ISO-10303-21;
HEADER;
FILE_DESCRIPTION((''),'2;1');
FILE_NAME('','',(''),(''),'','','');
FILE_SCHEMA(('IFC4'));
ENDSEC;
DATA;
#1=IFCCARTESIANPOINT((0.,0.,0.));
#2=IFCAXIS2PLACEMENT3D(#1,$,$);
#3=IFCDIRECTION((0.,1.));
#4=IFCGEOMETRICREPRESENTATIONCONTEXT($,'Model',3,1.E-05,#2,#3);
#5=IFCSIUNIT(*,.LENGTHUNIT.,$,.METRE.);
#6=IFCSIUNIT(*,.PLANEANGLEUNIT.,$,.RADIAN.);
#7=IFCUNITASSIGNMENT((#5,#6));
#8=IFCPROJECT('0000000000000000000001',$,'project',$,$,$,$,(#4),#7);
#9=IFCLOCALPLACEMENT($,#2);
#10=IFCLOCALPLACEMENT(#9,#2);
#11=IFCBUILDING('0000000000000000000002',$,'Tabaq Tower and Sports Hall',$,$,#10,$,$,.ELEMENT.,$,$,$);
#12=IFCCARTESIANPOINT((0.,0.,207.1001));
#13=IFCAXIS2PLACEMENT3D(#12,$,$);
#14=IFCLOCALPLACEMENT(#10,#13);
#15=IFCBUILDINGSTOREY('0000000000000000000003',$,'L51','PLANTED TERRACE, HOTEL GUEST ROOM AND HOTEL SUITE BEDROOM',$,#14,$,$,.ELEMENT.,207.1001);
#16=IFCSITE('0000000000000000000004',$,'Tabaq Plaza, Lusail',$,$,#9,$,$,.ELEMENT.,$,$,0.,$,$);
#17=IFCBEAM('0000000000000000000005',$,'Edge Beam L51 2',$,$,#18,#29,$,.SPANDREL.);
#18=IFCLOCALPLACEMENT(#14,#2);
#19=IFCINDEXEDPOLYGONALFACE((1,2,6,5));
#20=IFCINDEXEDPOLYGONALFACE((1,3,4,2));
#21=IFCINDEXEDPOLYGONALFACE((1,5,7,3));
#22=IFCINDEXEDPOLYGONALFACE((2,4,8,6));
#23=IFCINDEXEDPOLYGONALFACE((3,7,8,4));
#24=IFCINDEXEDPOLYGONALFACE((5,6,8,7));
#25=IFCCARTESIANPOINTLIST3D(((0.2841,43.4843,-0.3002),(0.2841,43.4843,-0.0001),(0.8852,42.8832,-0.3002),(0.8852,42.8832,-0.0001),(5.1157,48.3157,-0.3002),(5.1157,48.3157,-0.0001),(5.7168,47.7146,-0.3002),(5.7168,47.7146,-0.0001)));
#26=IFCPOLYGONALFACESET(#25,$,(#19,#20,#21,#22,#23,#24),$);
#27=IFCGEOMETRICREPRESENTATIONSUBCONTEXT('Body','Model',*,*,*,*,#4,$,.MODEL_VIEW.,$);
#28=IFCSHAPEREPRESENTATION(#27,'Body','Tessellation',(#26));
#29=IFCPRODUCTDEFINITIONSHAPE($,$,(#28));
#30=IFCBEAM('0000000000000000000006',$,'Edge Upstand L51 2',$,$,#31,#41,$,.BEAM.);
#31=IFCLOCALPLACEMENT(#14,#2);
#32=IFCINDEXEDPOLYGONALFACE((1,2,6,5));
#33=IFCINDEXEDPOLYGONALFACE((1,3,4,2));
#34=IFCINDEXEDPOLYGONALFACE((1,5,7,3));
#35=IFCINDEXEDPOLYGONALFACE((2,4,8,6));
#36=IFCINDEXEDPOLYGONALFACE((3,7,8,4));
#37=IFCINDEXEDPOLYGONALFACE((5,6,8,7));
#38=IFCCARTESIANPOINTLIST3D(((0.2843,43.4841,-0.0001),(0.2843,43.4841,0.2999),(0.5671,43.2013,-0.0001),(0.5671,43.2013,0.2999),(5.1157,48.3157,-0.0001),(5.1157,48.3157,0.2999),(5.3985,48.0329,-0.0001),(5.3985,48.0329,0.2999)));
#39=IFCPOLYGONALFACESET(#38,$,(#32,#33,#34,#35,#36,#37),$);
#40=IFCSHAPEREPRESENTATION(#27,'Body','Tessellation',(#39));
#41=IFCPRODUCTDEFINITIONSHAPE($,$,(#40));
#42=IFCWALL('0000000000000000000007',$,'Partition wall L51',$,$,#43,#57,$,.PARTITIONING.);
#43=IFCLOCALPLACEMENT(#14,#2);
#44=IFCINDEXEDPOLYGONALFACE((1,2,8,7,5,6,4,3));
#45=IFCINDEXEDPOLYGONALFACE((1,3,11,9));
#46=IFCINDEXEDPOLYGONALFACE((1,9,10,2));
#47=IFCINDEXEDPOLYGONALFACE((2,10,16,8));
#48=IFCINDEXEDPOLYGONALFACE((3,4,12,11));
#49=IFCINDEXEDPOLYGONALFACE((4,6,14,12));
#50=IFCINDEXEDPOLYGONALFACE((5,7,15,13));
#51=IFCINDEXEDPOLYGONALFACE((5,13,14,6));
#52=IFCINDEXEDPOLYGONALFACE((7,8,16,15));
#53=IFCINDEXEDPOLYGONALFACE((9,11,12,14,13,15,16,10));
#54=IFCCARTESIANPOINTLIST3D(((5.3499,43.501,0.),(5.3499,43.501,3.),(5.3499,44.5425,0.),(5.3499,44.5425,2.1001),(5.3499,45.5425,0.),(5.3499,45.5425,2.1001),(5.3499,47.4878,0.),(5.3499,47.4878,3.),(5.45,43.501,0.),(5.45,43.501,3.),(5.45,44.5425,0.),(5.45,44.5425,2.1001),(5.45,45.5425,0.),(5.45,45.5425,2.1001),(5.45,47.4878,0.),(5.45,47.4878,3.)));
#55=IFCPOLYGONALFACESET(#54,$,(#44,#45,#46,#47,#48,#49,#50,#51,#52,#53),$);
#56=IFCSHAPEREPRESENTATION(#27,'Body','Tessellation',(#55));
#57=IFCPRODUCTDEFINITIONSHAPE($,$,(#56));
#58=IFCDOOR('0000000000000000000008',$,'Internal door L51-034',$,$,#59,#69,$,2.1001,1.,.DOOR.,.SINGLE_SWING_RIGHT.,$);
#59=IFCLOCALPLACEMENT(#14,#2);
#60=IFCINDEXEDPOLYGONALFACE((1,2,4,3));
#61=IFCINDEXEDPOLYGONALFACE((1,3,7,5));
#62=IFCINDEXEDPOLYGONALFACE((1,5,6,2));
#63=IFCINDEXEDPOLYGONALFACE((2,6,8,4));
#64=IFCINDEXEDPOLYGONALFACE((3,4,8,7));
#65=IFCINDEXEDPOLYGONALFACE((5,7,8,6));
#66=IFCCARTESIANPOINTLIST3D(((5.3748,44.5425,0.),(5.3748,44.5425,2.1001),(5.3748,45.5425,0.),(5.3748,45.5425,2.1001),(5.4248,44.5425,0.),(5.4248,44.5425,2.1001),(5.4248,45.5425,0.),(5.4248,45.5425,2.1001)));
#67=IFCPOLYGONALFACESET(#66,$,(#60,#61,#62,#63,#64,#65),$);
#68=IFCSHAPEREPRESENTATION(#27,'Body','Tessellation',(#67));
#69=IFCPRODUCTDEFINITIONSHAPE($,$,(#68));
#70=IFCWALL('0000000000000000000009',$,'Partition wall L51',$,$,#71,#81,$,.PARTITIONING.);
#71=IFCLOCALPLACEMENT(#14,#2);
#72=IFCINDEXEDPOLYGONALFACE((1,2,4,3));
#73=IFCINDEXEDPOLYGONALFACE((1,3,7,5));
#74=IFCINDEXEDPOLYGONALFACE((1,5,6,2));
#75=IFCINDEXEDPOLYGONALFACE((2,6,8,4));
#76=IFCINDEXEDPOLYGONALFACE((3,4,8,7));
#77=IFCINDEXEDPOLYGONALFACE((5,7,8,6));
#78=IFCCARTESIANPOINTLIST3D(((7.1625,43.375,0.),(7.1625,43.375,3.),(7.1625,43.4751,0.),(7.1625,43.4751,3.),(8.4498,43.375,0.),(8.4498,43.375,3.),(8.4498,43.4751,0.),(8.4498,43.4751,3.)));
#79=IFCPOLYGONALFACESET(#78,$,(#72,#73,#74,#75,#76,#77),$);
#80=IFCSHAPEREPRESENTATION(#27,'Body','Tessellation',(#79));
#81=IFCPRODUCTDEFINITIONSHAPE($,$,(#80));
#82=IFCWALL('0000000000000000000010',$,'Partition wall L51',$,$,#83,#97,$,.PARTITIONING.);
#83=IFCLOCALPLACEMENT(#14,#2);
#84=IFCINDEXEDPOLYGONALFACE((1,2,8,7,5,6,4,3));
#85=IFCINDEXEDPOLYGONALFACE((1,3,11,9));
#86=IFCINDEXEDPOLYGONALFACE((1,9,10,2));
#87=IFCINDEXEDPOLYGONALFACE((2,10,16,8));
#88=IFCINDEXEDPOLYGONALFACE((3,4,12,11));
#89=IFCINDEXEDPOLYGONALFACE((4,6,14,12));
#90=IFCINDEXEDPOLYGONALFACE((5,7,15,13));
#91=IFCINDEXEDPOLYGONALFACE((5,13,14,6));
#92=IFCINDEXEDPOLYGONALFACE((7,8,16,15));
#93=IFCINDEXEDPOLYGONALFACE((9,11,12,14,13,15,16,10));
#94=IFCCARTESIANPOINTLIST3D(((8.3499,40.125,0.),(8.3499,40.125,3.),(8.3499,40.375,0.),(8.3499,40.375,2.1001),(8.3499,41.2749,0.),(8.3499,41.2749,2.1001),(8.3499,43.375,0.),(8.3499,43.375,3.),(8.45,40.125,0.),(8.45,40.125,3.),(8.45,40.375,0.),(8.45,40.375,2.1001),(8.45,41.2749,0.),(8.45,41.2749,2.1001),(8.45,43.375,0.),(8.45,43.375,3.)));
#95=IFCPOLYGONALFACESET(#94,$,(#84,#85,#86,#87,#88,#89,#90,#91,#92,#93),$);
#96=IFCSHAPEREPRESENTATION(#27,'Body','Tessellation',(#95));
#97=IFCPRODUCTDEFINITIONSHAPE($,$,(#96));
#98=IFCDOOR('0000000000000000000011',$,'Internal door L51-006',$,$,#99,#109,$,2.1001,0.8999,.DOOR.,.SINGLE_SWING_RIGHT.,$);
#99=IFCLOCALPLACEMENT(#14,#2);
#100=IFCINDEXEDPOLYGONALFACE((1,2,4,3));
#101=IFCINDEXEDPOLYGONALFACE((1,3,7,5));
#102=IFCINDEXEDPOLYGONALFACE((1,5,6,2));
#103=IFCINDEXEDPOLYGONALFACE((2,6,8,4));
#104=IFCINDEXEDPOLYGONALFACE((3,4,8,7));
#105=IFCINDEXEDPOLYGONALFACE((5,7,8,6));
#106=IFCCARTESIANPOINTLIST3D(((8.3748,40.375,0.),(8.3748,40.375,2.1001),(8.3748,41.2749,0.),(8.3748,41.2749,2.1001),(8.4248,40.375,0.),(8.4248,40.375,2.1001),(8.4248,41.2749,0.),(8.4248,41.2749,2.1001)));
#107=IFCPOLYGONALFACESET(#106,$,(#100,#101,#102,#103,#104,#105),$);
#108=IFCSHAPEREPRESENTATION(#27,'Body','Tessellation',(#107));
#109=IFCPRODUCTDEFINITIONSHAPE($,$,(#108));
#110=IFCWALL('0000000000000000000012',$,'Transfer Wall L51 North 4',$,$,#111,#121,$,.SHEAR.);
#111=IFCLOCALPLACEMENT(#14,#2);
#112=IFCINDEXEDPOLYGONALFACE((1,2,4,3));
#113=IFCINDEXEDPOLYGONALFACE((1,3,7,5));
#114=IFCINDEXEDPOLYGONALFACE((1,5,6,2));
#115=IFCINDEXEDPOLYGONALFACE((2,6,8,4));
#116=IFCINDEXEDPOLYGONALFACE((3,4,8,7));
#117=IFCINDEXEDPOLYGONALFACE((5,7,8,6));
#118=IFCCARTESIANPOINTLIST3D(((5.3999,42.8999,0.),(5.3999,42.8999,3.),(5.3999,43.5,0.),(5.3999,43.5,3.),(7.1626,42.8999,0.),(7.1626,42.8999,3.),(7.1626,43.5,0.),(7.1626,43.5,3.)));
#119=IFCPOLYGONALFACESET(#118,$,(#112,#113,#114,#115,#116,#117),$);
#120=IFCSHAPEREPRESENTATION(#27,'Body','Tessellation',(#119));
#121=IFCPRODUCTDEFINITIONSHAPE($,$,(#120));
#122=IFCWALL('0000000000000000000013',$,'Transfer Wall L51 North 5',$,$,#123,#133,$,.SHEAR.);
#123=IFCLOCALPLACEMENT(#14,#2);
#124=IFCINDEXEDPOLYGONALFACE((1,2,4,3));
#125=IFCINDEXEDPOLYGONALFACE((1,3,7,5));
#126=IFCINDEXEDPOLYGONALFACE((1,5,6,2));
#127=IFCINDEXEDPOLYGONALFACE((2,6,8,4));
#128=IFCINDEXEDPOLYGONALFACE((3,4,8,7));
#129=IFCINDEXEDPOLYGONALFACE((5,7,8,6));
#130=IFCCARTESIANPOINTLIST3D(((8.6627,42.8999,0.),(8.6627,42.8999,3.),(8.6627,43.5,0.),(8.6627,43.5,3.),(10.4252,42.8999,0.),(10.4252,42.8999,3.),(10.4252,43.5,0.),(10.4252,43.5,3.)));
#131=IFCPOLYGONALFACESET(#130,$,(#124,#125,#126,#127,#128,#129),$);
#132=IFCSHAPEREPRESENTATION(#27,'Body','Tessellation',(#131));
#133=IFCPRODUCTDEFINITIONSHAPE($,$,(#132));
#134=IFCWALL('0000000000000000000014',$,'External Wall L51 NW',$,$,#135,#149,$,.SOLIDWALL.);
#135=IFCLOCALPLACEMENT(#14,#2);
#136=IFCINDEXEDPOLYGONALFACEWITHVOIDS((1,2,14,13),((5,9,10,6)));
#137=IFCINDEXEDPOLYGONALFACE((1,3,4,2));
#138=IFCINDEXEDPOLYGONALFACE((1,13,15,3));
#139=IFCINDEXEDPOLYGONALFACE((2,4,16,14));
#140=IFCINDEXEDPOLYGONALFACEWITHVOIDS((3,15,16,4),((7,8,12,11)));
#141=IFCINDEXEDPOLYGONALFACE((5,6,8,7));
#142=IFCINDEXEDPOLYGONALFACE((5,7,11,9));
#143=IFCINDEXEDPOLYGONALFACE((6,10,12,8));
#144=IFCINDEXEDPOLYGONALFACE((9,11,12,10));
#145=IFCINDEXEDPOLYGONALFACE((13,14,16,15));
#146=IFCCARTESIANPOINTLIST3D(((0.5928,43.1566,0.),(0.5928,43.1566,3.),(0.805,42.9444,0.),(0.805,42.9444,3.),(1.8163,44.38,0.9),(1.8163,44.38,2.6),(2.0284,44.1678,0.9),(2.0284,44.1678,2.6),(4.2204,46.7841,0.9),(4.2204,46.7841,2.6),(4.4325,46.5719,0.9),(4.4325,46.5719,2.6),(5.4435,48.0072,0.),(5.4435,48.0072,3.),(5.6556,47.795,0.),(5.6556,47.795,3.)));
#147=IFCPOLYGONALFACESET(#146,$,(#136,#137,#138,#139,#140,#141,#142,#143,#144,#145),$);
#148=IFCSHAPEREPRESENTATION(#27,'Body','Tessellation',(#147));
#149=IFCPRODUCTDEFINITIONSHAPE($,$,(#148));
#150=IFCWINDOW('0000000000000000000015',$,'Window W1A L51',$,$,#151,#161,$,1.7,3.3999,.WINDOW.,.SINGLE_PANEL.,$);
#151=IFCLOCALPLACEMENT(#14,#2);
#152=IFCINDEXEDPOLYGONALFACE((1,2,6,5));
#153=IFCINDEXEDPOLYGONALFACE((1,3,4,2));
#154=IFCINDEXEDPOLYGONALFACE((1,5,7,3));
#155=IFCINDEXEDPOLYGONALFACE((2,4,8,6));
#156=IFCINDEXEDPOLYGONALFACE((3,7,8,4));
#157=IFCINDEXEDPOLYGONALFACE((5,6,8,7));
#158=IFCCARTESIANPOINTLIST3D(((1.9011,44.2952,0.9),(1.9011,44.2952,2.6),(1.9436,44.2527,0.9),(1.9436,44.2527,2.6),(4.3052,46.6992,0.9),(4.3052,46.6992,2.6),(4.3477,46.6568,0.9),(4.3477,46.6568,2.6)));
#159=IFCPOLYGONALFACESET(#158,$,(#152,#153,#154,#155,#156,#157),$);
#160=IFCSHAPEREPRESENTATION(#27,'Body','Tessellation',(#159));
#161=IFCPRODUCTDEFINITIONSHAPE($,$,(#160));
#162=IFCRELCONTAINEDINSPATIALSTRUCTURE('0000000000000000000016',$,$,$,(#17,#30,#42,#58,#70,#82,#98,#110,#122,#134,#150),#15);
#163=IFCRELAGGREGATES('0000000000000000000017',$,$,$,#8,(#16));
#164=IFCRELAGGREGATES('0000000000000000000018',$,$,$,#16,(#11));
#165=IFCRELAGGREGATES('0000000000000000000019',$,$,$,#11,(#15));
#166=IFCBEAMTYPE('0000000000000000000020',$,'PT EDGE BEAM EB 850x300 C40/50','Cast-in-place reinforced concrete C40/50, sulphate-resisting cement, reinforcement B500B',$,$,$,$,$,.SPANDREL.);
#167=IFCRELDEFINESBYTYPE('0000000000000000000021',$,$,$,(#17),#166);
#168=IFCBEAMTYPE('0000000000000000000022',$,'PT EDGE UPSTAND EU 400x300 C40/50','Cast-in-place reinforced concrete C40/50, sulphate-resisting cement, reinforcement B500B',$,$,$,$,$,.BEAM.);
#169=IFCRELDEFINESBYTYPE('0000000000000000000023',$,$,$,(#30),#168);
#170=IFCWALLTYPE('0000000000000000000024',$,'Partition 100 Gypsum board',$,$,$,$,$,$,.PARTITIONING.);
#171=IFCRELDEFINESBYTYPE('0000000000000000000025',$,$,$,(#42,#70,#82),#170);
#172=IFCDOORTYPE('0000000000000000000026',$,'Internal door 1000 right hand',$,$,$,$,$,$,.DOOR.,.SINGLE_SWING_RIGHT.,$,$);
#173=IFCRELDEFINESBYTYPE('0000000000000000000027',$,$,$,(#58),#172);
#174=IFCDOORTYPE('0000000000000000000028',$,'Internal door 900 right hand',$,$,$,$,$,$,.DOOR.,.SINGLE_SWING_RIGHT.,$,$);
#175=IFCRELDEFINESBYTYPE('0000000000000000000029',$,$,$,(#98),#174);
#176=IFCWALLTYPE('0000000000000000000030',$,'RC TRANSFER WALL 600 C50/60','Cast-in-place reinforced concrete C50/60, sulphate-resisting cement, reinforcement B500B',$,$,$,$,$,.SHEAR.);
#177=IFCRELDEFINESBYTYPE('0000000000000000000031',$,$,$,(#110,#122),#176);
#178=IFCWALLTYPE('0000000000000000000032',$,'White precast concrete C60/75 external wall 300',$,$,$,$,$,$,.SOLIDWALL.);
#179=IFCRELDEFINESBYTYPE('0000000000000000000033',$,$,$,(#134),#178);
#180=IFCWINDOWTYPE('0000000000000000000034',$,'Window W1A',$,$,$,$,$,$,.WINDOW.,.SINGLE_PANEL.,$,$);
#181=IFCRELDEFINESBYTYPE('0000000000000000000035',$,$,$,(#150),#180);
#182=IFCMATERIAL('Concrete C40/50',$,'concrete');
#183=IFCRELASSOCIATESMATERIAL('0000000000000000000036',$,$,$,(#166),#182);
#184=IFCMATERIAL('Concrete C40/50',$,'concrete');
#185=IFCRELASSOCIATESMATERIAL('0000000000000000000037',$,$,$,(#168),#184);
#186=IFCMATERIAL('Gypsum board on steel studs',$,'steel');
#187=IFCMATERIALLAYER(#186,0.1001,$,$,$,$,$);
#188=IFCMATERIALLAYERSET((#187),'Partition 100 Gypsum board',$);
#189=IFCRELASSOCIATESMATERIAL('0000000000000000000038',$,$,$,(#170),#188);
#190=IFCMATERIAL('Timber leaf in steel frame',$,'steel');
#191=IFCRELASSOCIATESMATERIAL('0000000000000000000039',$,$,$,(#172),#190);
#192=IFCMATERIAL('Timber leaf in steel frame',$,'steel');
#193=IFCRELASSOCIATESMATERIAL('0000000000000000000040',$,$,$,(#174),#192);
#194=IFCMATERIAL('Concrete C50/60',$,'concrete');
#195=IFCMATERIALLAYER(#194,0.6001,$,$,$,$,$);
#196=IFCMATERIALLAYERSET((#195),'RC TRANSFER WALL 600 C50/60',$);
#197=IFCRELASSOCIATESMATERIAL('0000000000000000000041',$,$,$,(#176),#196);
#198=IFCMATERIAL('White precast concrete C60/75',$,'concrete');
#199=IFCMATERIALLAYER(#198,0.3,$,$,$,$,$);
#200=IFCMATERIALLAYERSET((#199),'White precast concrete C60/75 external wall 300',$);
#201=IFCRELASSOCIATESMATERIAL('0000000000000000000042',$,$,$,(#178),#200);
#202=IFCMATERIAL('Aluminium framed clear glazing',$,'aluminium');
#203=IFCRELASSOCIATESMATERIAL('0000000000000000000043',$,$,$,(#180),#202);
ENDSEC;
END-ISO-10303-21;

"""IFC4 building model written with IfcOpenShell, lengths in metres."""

from ifc_helpers import new_model, si_unit, direction, frame, frame_2d, origin, origin_2d, place, context, subcontext, project, spatial, rectangle, extrude, material, layer, layer_set, material_profile, profile_set, type_object, element, fill, save


model = new_model("IFC4")

# Units and contexts
model_context = context("Model", 3, precision=1e-05, world=origin(), true_north=direction((0.0, 1.0)))
body_context = subcontext(model_context, "Body", "Model", "MODEL_VIEW")
ifc_project = project(units=[si_unit("LENGTHUNIT", "METRE"), si_unit("PLANEANGLEUNIT", "RADIAN")], contexts=[model_context])

# Site, building, storey
site_placement = place(None, origin())
site = spatial("IfcSite", under=ifc_project, at=site_placement, Name="Tabaq Plaza, Lusail", CompositionType="ELEMENT", RefElevation=0.0)
building_placement = place(site_placement, origin())
building = spatial("IfcBuilding", under=site, at=building_placement, Name="Tabaq Tower and Sports Hall", CompositionType="ELEMENT")
storey_placement = place(building_placement, frame((0.0, 0.0, 207.1001)))
storey = spatial("IfcBuildingStorey", under=building, at=storey_placement, Name="L51", Description="PLANTED TERRACE, HOTEL GUEST ROOM AND HOTEL SUITE BEDROOM", CompositionType="ELEMENT", Elevation=207.1001)

# Beams
ifc_material_1 = material(Name="Concrete C40/50", Category="concrete")
ifc_material_profile_1 = material_profile(ifc_material_1, rectangle(XDim=0.8501, YDim=0.3, at=origin_2d()), Name="EB 850x300")
ifc_profile_set_1 = profile_set([ifc_material_profile_1], Name="Concrete C40/50")
beam_type_1 = type_object("IfcBeamType", Name="PT EDGE BEAM EB 850x300 C40/50", Description="Cast-in-place reinforced concrete C40/50, sulphate-resisting cement, reinforcement B500B", PredefinedType="SPANDREL", material=ifc_profile_set_1)
beam_1_placement = place(storey_placement, frame((5.4163, 48.0151, -0.1501), z_axis=(-0.707125, -0.707089, 0.0), x_axis=(0.707089, -0.707125, 0.0)))
element("IfcBeam", 1, at=beam_1_placement, inside=storey, type_object=beam_type_1, Name="Edge Beam L51 2", PredefinedType="SPANDREL", context=body_context, shape_type="SweptSolid", body=[
    extrude(rectangle(XDim=0.8501, YDim=0.3, at=origin_2d()), origin(), (0.0, 0.0, 1.0), 6.8328),
])
ifc_material_2 = material(Name="Concrete C40/50", Category="concrete")
ifc_material_profile_2 = material_profile(ifc_material_2, rectangle(XDim=0.3999, YDim=0.3, at=origin_2d()), Name="EU 400x300")
ifc_profile_set_2 = profile_set([ifc_material_profile_2], Name="Concrete C40/50")
beam_type_2 = type_object("IfcBeamType", Name="PT EDGE UPSTAND EU 400x300 C40/50", Description="Cast-in-place reinforced concrete C40/50, sulphate-resisting cement, reinforcement B500B", PredefinedType="BEAM", material=ifc_profile_set_2)
beam_2_placement = place(storey_placement, frame((5.2571, 48.1743, 0.1499), z_axis=(-0.707089, -0.707125, 0.0), x_axis=(0.707125, -0.707089, 0.0)))
element("IfcBeam", 2, at=beam_2_placement, inside=storey, type_object=beam_type_2, Name="Edge Upstand L51 2", PredefinedType="BEAM", context=body_context, shape_type="SweptSolid", body=[
    extrude(rectangle(XDim=0.3999, YDim=0.3, at=origin_2d()), origin(), (0.0, 0.0, 1.0), 6.8328),
])

# Wall, opening, door
ifc_material_3 = material(Name="Gypsum board on steel studs", Category="steel")
ifc_layer_1 = layer(ifc_material_3, 0.1001)
ifc_layer_set_1 = layer_set([ifc_layer_1], Name="Partition 100 Gypsum board")
wall_type_1 = type_object("IfcWallType", Name="Partition 100 Gypsum board", PredefinedType="PARTITIONING", material=ifc_layer_set_1)
wall_1_placement = place(storey_placement, frame((5.3999, 47.4878, 0.0), z_axis=(0.0, 0.0, 1.0), x_axis=(0.0, -1.0, 0.0)))
wall_1 = element("IfcWall", 3, at=wall_1_placement, inside=storey, type_object=wall_type_1, Name="Partition wall L51", PredefinedType="PARTITIONING", context=body_context, shape_type="SweptSolid", body=[
    extrude(rectangle(XDim=3.9868, YDim=0.1001, at=frame_2d((1.9934, 0.0))), origin(), (0.0, 0.0, 1.0), 3.0),
])
opening_1_placement = place(wall_1_placement, frame((1.9453, 0.0, 0.0)))
opening_1 = element("IfcOpeningElement", 4, at=opening_1_placement, cuts=wall_1, PredefinedType="OPENING", context=body_context, shape_type="SweptSolid", body=[
    extrude(rectangle(XDim=1.0, YDim=2.1001, at=frame_2d((0.5, 1.05))), frame((0.0, 0.05, 0.0), z_axis=(0.0, -1.0, 0.0), x_axis=(1.0, 0.0, 0.0)), (0.0, 0.0, 1.0), 0.1001),
])
ifc_material_4 = material(Name="Timber leaf in steel frame", Category="steel")
door_type_1 = type_object("IfcDoorType", Name="Internal door 1000 right hand", OperationType="SINGLE_SWING_RIGHT", PredefinedType="DOOR", material=ifc_material_4)
door_1_placement = place(opening_1_placement, origin())
door_1 = element("IfcDoor", 5, at=door_1_placement, inside=storey, type_object=door_type_1, Name="Internal door L51-034", OperationType="SINGLE_SWING_RIGHT", OverallHeight=2.1001, OverallWidth=1.0, PredefinedType="DOOR", context=body_context, shape_type="SweptSolid", body=[
    extrude(rectangle(XDim=1.0, YDim=2.1001, at=frame_2d((0.5, 1.05))), frame((0.0, 0.0249, 0.0), z_axis=(0.0, -1.0, 0.0), x_axis=(1.0, 0.0, 0.0)), (0.0, 0.0, 1.0), 0.05),
])
fill(opening_1, door_1)

# Wall
wall_2_placement = place(storey_placement, frame((7.1626, 43.425, 0.0), z_axis=(0.0, 0.0, 1.0), x_axis=(1.0, 0.0, 0.0)))
element("IfcWall", 6, at=wall_2_placement, inside=storey, type_object=wall_type_1, Name="Partition wall L51", PredefinedType="PARTITIONING", context=body_context, shape_type="SweptSolid", body=[
    extrude(rectangle(XDim=1.2874, YDim=0.1001, at=frame_2d((0.6436, 0.0))), origin(), (0.0, 0.0, 1.0), 3.0),
])

# Wall, opening, door
wall_3_placement = place(storey_placement, frame((8.3999, 43.375, 0.0), z_axis=(0.0, 0.0, 1.0), x_axis=(0.0, -1.0, 0.0)))
wall_3 = element("IfcWall", 7, at=wall_3_placement, inside=storey, type_object=wall_type_1, Name="Partition wall L51", PredefinedType="PARTITIONING", context=body_context, shape_type="SweptSolid", body=[
    extrude(rectangle(XDim=3.25, YDim=0.1001, at=frame_2d((1.625, 0.0))), origin(), (0.0, 0.0, 1.0), 3.0),
])
opening_2_placement = place(wall_3_placement, frame((2.1001, 0.0, 0.0)))
opening_2 = element("IfcOpeningElement", 8, at=opening_2_placement, cuts=wall_3, PredefinedType="OPENING", context=body_context, shape_type="SweptSolid", body=[
    extrude(rectangle(XDim=0.8999, YDim=2.1001, at=frame_2d((0.45, 1.05))), frame((0.0, 0.05, 0.0), z_axis=(0.0, -1.0, 0.0), x_axis=(1.0, 0.0, 0.0)), (0.0, 0.0, 1.0), 0.1001),
])
ifc_material_5 = material(Name="Timber leaf in steel frame", Category="steel")
door_type_2 = type_object("IfcDoorType", Name="Internal door 900 right hand", OperationType="SINGLE_SWING_RIGHT", PredefinedType="DOOR", material=ifc_material_5)
door_2_placement = place(opening_2_placement, origin())
door_2 = element("IfcDoor", 9, at=door_2_placement, inside=storey, type_object=door_type_2, Name="Internal door L51-006", OperationType="SINGLE_SWING_RIGHT", OverallHeight=2.1001, OverallWidth=0.8999, PredefinedType="DOOR", context=body_context, shape_type="SweptSolid", body=[
    extrude(rectangle(XDim=0.8999, YDim=2.1001, at=frame_2d((0.45, 1.05))), frame((0.0, 0.0249, 0.0), z_axis=(0.0, -1.0, 0.0), x_axis=(1.0, 0.0, 0.0)), (0.0, 0.0, 1.0), 0.05),
])
fill(opening_2, door_2)

# Walls
ifc_material_6 = material(Name="Concrete C50/60", Category="concrete")
ifc_layer_2 = layer(ifc_material_6, 0.6001)
ifc_layer_set_2 = layer_set([ifc_layer_2], Name="RC TRANSFER WALL 600 C50/60")
wall_type_2 = type_object("IfcWallType", Name="RC TRANSFER WALL 600 C50/60", Description="Cast-in-place reinforced concrete C50/60, sulphate-resisting cement, reinforcement B500B", PredefinedType="SHEAR", material=ifc_layer_set_2)
wall_4_placement = place(storey_placement, frame((5.3999, 43.2, 0.0), z_axis=(0.0, 0.0, 1.0), x_axis=(1.0, 0.0, 0.0)))
element("IfcWall", 10, at=wall_4_placement, inside=storey, type_object=wall_type_2, Name="Transfer Wall L51 North 4", PredefinedType="SHEAR", context=body_context, shape_type="SweptSolid", body=[
    extrude(rectangle(XDim=1.7627, YDim=0.6001, at=frame_2d((0.8813, 0.0))), origin(), (0.0, 0.0, 1.0), 3.0),
])
wall_5_placement = place(storey_placement, frame((8.6626, 43.2, 0.0), z_axis=(0.0, 0.0, 1.0), x_axis=(1.0, 0.0, 0.0)))
element("IfcWall", 11, at=wall_5_placement, inside=storey, type_object=wall_type_2, Name="Transfer Wall L51 North 5", PredefinedType="SHEAR", context=body_context, shape_type="SweptSolid", body=[
    extrude(rectangle(XDim=1.7625, YDim=0.6001, at=frame_2d((0.8813, 0.0))), origin(), (0.0, 0.0, 1.0), 3.0),
])

# Wall, opening, window
ifc_material_7 = material(Name="White precast concrete C60/75", Category="concrete")
ifc_layer_3 = layer(ifc_material_7, 0.3)
ifc_layer_set_3 = layer_set([ifc_layer_3], Name="White precast concrete C60/75 external wall 300")
wall_type_3 = type_object("IfcWallType", Name="White precast concrete C60/75 external wall 300", PredefinedType="SOLIDWALL", material=ifc_layer_set_3)
wall_6_placement = place(storey_placement, frame((5.5496, 47.9011, 0.0), z_axis=(0.0, 0.0, 1.0), x_axis=(-0.707107, -0.707107, 0.0)))
wall_6 = element("IfcWall", 12, at=wall_6_placement, inside=storey, type_object=wall_type_3, Name="External Wall L51 NW", PredefinedType="SOLIDWALL", context=body_context, shape_type="SweptSolid", body=[
    extrude(rectangle(XDim=6.8599, YDim=0.3, at=frame_2d((3.4299, 0.0))), origin(), (0.0, 0.0, 1.0), 3.0),
])
opening_3_placement = place(wall_6_placement, frame((1.7297, 0.0, 0.8999)))
opening_3 = element("IfcOpeningElement", 13, at=opening_3_placement, cuts=wall_6, PredefinedType="OPENING", context=body_context, shape_type="SweptSolid", body=[
    extrude(rectangle(XDim=3.3999, YDim=1.7, at=frame_2d((1.7, 0.8501))), frame((0.0, 0.1602, 0.0), z_axis=(0.0, -1.0, 0.0), x_axis=(1.0, 0.0, 0.0)), (0.0, 0.0, 1.0), 0.3201),
])
ifc_material_8 = material(Name="Aluminium framed clear glazing", Category="aluminium")
window_type = type_object("IfcWindowType", Name="Window W1A", PartitioningType="SINGLE_PANEL", PredefinedType="WINDOW", material=ifc_material_8)
window_placement = place(opening_3_placement, origin())
window = element("IfcWindow", 14, at=window_placement, inside=storey, type_object=window_type, Name="Window W1A L51", OverallHeight=1.7, OverallWidth=3.3999, PartitioningType="SINGLE_PANEL", PredefinedType="WINDOW", context=body_context, shape_type="SweptSolid", body=[
    extrude(rectangle(XDim=3.3999, YDim=1.7, at=frame_2d((1.7, 0.8501))), frame((0.0, 0.03, 0.0), z_axis=(0.0, -1.0, 0.0), x_axis=(1.0, 0.0, 0.0)), (0.0, 0.0, 1.0), 0.0601),
])
fill(opening_3, window)

save(model, "model.ifc")
